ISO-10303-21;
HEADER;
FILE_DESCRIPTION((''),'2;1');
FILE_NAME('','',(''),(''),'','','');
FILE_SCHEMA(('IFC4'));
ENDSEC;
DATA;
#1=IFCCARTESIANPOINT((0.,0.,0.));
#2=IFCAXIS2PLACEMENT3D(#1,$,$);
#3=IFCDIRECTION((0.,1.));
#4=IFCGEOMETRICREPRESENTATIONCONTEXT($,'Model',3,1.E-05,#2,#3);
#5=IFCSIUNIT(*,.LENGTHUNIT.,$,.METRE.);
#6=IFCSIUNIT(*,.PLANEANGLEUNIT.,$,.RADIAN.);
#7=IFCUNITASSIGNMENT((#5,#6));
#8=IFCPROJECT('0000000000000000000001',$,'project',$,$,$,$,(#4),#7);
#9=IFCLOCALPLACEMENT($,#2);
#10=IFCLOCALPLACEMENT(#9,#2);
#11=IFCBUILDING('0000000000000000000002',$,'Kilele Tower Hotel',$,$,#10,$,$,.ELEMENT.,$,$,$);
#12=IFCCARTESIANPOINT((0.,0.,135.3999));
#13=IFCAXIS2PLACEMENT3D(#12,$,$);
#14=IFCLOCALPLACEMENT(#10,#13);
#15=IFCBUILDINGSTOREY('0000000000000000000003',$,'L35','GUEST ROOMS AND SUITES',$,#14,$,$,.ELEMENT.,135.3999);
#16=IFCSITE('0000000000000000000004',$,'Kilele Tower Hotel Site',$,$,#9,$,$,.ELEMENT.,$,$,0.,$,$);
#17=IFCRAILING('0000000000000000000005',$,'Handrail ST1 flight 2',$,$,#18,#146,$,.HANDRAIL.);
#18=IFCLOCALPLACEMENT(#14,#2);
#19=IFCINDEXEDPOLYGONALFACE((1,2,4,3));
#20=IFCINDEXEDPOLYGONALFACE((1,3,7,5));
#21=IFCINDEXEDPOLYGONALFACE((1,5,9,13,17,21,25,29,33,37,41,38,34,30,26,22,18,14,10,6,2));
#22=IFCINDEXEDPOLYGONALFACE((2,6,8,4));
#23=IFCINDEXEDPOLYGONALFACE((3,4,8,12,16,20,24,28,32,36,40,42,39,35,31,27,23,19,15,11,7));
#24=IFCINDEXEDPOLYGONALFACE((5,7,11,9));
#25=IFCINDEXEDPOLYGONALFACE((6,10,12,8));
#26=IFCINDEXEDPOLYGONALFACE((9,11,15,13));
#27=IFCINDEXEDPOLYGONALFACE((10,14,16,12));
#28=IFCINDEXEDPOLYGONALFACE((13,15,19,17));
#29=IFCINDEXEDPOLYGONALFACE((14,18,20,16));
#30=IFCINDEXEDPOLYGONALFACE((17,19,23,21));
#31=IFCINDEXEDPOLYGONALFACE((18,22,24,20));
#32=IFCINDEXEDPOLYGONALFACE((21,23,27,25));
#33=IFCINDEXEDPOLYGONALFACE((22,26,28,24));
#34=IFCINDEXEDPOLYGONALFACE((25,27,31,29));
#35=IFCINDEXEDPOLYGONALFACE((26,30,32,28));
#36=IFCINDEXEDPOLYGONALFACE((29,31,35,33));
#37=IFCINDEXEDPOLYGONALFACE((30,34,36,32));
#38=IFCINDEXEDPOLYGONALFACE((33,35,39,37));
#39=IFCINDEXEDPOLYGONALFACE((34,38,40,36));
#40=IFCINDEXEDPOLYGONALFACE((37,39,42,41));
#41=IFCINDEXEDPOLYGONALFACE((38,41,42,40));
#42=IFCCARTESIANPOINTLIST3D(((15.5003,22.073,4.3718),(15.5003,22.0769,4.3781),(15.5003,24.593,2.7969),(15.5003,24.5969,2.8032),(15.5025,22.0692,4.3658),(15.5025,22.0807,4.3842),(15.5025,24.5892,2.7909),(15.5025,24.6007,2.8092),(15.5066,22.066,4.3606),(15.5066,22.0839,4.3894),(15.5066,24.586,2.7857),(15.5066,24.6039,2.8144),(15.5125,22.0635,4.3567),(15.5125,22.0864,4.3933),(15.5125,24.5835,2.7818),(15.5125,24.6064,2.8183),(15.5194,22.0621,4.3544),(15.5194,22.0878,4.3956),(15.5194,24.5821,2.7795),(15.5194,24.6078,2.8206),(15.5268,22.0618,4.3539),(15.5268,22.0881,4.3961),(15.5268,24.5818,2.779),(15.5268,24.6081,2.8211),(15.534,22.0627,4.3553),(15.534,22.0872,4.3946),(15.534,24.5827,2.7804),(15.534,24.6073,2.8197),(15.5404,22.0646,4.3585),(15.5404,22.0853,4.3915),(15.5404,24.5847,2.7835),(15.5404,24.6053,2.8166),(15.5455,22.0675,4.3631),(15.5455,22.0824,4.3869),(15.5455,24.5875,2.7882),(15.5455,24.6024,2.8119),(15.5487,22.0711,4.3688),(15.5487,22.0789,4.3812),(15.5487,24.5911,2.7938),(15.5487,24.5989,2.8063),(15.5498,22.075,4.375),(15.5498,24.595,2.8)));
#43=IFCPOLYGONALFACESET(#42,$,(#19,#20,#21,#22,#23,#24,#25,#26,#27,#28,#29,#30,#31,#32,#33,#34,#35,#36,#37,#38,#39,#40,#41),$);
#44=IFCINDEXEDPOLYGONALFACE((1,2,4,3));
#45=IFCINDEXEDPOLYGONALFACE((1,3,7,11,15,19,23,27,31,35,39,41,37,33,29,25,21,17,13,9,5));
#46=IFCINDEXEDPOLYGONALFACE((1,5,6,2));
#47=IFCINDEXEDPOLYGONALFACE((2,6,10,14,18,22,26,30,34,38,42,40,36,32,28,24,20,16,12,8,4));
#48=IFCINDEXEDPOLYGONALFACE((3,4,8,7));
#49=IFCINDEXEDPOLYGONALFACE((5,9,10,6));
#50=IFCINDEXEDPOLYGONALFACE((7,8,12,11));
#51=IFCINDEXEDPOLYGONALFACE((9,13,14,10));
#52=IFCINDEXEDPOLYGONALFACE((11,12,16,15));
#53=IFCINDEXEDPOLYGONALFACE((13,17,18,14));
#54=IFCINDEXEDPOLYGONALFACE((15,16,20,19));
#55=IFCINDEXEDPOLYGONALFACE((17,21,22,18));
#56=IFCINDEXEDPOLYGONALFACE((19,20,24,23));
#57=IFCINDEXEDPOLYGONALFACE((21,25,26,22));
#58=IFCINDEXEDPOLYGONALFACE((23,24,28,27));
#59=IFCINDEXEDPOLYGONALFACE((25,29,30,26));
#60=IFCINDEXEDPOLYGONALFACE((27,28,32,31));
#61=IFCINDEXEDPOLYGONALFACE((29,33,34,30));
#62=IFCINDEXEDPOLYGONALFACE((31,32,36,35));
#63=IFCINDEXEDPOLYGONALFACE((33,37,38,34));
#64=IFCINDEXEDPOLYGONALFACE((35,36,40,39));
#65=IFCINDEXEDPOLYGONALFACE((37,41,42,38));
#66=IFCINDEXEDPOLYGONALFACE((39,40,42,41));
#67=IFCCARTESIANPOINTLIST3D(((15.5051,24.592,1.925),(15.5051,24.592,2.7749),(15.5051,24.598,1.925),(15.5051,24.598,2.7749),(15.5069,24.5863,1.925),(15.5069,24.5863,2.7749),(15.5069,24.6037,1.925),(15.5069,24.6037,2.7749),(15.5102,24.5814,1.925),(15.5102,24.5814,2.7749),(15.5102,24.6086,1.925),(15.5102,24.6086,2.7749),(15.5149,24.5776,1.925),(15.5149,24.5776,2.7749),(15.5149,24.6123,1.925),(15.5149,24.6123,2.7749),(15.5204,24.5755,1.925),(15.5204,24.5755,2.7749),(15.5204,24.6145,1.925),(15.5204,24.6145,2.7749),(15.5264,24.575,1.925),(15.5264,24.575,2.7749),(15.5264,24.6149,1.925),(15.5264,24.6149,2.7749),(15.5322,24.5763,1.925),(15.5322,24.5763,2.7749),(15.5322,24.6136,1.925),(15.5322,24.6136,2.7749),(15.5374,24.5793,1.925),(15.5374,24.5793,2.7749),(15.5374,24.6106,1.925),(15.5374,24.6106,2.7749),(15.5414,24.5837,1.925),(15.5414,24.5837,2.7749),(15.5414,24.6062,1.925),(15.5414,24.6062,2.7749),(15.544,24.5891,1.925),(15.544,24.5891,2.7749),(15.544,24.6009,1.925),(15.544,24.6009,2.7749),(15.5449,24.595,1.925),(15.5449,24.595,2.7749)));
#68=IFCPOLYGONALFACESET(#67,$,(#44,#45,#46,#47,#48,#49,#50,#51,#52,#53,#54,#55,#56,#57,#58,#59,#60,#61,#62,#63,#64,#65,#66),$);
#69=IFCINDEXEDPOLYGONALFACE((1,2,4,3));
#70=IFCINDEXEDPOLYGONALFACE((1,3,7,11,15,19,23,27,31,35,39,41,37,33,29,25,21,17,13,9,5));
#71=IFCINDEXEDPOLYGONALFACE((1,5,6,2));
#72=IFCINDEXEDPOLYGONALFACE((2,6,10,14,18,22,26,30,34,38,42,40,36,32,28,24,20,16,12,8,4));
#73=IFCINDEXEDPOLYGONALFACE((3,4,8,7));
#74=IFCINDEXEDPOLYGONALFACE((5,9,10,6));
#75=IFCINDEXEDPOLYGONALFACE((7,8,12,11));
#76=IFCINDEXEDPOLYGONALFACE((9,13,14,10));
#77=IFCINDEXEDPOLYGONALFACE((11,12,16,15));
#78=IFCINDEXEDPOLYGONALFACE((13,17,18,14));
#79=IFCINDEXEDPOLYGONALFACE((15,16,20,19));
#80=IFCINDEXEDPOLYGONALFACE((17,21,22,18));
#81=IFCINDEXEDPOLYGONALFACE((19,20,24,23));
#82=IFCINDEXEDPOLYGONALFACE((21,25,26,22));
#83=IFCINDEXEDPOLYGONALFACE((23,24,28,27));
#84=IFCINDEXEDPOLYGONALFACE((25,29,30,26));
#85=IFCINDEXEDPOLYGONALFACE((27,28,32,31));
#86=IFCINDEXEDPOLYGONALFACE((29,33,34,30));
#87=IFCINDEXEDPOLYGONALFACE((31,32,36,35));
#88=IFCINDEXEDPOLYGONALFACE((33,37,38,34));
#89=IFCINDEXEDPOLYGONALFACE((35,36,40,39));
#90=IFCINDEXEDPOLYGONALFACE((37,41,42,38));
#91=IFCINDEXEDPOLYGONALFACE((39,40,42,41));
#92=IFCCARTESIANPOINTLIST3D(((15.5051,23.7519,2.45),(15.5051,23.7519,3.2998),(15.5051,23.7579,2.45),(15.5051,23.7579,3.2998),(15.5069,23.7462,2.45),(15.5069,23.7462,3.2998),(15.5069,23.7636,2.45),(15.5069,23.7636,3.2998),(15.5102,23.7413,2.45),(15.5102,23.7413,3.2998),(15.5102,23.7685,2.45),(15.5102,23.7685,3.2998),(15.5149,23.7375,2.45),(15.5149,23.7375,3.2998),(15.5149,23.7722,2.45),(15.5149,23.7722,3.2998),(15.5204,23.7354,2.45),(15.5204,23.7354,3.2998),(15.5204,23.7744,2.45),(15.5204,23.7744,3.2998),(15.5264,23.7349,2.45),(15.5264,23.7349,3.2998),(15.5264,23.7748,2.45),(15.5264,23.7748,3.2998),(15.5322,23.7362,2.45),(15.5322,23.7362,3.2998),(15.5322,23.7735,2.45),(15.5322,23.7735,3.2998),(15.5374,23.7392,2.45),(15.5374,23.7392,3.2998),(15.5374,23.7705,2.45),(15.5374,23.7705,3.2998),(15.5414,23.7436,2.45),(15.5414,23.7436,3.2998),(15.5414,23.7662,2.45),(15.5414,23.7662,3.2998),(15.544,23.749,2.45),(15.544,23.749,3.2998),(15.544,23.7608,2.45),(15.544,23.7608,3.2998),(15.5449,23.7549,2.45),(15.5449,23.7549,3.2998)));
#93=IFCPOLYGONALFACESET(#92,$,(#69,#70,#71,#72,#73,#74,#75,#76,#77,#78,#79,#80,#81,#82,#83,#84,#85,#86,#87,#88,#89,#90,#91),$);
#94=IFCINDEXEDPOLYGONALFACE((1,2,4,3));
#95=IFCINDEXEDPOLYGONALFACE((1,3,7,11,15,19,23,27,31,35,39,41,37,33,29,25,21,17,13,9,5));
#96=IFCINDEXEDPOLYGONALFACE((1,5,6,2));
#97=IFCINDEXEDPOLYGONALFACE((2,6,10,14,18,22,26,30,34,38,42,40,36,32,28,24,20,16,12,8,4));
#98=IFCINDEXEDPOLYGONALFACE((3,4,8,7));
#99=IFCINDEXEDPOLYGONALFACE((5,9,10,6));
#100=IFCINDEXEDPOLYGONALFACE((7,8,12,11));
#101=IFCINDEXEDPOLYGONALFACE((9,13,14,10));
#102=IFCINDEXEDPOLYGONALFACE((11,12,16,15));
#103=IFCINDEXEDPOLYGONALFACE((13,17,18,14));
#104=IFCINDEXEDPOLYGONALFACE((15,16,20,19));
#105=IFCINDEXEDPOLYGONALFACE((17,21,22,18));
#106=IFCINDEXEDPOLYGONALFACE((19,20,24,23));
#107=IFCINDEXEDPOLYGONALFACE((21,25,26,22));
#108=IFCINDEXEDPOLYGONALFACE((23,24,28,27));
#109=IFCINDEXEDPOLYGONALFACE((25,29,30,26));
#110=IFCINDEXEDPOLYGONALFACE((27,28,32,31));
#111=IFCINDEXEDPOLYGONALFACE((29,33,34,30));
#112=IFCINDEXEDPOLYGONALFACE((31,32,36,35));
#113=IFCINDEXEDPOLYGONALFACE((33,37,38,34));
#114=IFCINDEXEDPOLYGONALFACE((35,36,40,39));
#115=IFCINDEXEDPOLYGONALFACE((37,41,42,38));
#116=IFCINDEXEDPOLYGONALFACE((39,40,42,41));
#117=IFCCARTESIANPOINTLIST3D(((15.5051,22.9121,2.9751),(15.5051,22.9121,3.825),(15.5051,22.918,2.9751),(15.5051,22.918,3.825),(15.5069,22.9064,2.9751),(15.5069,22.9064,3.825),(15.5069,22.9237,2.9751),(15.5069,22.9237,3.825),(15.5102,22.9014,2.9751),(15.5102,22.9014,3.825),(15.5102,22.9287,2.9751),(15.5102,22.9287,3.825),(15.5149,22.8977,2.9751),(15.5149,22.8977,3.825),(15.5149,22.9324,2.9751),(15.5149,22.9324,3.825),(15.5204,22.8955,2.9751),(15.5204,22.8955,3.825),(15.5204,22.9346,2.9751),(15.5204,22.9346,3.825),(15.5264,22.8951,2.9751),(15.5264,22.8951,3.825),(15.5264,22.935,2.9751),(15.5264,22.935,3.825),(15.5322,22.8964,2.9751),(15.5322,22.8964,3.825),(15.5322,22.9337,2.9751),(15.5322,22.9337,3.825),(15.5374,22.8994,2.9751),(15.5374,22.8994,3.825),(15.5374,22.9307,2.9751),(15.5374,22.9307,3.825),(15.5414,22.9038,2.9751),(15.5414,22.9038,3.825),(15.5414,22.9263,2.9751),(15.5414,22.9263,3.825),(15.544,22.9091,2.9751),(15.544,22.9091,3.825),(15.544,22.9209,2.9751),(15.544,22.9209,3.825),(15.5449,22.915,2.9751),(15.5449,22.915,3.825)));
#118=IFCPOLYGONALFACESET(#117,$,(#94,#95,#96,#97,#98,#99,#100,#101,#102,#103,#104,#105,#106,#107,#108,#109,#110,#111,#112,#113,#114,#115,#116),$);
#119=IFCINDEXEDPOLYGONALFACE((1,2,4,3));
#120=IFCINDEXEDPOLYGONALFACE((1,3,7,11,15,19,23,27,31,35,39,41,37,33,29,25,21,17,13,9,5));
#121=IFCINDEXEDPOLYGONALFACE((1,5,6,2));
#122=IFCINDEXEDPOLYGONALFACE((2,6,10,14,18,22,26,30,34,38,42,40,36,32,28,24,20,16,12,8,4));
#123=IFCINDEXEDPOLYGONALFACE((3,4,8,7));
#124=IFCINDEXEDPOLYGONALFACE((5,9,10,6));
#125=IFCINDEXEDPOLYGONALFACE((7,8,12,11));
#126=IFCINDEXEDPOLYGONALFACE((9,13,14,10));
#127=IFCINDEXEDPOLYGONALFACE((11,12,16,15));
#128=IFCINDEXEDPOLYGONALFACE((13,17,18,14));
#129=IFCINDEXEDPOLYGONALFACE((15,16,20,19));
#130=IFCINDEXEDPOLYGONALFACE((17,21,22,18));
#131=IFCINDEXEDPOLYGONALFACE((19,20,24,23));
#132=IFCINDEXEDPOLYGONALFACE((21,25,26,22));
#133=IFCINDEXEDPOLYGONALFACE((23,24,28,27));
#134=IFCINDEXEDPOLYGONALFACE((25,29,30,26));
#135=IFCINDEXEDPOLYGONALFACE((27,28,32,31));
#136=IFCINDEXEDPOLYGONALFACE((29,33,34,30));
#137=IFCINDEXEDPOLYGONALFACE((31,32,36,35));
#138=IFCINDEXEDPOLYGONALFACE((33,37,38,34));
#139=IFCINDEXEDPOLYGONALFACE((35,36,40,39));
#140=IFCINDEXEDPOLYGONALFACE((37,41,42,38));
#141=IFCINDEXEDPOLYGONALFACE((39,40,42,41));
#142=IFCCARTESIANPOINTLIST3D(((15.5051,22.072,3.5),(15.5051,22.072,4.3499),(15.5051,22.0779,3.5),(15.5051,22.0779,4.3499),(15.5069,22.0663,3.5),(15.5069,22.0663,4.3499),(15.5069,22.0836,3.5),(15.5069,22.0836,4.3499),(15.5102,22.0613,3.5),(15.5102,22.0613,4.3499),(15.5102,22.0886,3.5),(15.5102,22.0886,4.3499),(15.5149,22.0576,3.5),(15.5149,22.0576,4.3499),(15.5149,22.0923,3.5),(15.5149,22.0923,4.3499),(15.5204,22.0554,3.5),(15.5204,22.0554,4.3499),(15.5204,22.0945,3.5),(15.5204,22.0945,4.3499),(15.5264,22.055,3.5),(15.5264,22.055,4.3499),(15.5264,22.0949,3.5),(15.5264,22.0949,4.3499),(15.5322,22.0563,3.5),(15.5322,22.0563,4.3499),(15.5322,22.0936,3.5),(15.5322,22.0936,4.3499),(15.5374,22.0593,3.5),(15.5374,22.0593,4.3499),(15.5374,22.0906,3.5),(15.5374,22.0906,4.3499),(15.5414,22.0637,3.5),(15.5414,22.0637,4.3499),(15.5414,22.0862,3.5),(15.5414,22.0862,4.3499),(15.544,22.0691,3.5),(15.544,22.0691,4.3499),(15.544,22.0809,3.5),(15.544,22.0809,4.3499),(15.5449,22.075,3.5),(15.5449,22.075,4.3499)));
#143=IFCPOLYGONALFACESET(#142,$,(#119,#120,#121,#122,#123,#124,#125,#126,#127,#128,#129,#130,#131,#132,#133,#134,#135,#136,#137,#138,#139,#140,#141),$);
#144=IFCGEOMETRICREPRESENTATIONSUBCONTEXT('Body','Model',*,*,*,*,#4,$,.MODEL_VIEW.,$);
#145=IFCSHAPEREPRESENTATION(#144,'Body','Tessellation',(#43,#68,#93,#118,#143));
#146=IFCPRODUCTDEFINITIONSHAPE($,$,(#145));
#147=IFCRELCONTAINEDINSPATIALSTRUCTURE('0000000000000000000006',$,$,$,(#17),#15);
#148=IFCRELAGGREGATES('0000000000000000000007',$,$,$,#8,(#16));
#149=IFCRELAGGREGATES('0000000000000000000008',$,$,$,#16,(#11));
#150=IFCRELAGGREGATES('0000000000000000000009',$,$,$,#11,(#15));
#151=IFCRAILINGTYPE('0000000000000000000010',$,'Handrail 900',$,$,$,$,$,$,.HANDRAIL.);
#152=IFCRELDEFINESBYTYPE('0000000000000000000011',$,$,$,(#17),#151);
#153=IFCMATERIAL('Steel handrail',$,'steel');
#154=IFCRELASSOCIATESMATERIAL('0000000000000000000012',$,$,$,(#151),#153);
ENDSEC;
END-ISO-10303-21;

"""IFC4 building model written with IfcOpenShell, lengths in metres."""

from ifc_helpers import new_model, si_unit, direction, frame, origin, origin_2d, place, context, subcontext, project, spatial, circle, extrude, material, type_object, element, save


model = new_model("IFC4")

# Units and contexts
model_context = context("Model", 3, precision=1e-05, world=origin(), true_north=direction((0.0, 1.0)))
body_context = subcontext(model_context, "Body", "Model", "MODEL_VIEW")
ifc_project = project(units=[si_unit("LENGTHUNIT", "METRE"), si_unit("PLANEANGLEUNIT", "RADIAN")], contexts=[model_context])

# Site, building, storey
site_placement = place(None, origin())
site = spatial("IfcSite", under=ifc_project, at=site_placement, Name="Kilele Tower Hotel Site", CompositionType="ELEMENT", RefElevation=0.0)
building_placement = place(site_placement, origin())
building = spatial("IfcBuilding", under=site, at=building_placement, Name="Kilele Tower Hotel", CompositionType="ELEMENT")
storey_placement = place(building_placement, frame((0.0, 0.0, 135.3999)))
storey = spatial("IfcBuildingStorey", under=building, at=storey_placement, Name="L35", Description="GUEST ROOMS AND SUITES", CompositionType="ELEMENT", Elevation=135.3999)

# Railing
ifc_material_1 = material(Name="Steel handrail", Category="steel")
railing_type_1 = type_object("IfcRailingType", Name="Handrail 900", PredefinedType="HANDRAIL", material=ifc_material_1)
for number, where, name in (
    (1, (15.5249, 24.595, 1.925), "Handrail ST1 flight 2"),
):
    element("IfcRailing", number, at=place(storey_placement, frame(where)), inside=storey, type_object=railing_type_1, Name=name, PredefinedType="HANDRAIL", context=body_context, shape_type="SweptSolid", body=[
        extrude(circle(Radius=0.0249, at=origin_2d()), frame((0.0, 0.0, 0.875), z_axis=(0.0, -0.848008, 0.529984), x_axis=(1.0, 0.0, 0.0)), (0.0, 0.0, 1.0), 2.9717),
        extrude(circle(Radius=0.02, at=origin_2d()), origin(), (0.0, 0.0, 1.0), 0.8499),
        extrude(circle(Radius=0.02, at=origin_2d()), frame((0.0, -0.8401, 0.5249)), (0.0, 0.0, 1.0), 0.8499),
        extrude(circle(Radius=0.02, at=origin_2d()), frame((0.0, -1.6799, 1.05)), (0.0, 0.0, 1.0), 0.8499),
        extrude(circle(Radius=0.02, at=origin_2d()), frame((0.0, -2.52, 1.575)), (0.0, 0.0, 1.0), 0.8499),
    ])

save(model, "model.ifc")
